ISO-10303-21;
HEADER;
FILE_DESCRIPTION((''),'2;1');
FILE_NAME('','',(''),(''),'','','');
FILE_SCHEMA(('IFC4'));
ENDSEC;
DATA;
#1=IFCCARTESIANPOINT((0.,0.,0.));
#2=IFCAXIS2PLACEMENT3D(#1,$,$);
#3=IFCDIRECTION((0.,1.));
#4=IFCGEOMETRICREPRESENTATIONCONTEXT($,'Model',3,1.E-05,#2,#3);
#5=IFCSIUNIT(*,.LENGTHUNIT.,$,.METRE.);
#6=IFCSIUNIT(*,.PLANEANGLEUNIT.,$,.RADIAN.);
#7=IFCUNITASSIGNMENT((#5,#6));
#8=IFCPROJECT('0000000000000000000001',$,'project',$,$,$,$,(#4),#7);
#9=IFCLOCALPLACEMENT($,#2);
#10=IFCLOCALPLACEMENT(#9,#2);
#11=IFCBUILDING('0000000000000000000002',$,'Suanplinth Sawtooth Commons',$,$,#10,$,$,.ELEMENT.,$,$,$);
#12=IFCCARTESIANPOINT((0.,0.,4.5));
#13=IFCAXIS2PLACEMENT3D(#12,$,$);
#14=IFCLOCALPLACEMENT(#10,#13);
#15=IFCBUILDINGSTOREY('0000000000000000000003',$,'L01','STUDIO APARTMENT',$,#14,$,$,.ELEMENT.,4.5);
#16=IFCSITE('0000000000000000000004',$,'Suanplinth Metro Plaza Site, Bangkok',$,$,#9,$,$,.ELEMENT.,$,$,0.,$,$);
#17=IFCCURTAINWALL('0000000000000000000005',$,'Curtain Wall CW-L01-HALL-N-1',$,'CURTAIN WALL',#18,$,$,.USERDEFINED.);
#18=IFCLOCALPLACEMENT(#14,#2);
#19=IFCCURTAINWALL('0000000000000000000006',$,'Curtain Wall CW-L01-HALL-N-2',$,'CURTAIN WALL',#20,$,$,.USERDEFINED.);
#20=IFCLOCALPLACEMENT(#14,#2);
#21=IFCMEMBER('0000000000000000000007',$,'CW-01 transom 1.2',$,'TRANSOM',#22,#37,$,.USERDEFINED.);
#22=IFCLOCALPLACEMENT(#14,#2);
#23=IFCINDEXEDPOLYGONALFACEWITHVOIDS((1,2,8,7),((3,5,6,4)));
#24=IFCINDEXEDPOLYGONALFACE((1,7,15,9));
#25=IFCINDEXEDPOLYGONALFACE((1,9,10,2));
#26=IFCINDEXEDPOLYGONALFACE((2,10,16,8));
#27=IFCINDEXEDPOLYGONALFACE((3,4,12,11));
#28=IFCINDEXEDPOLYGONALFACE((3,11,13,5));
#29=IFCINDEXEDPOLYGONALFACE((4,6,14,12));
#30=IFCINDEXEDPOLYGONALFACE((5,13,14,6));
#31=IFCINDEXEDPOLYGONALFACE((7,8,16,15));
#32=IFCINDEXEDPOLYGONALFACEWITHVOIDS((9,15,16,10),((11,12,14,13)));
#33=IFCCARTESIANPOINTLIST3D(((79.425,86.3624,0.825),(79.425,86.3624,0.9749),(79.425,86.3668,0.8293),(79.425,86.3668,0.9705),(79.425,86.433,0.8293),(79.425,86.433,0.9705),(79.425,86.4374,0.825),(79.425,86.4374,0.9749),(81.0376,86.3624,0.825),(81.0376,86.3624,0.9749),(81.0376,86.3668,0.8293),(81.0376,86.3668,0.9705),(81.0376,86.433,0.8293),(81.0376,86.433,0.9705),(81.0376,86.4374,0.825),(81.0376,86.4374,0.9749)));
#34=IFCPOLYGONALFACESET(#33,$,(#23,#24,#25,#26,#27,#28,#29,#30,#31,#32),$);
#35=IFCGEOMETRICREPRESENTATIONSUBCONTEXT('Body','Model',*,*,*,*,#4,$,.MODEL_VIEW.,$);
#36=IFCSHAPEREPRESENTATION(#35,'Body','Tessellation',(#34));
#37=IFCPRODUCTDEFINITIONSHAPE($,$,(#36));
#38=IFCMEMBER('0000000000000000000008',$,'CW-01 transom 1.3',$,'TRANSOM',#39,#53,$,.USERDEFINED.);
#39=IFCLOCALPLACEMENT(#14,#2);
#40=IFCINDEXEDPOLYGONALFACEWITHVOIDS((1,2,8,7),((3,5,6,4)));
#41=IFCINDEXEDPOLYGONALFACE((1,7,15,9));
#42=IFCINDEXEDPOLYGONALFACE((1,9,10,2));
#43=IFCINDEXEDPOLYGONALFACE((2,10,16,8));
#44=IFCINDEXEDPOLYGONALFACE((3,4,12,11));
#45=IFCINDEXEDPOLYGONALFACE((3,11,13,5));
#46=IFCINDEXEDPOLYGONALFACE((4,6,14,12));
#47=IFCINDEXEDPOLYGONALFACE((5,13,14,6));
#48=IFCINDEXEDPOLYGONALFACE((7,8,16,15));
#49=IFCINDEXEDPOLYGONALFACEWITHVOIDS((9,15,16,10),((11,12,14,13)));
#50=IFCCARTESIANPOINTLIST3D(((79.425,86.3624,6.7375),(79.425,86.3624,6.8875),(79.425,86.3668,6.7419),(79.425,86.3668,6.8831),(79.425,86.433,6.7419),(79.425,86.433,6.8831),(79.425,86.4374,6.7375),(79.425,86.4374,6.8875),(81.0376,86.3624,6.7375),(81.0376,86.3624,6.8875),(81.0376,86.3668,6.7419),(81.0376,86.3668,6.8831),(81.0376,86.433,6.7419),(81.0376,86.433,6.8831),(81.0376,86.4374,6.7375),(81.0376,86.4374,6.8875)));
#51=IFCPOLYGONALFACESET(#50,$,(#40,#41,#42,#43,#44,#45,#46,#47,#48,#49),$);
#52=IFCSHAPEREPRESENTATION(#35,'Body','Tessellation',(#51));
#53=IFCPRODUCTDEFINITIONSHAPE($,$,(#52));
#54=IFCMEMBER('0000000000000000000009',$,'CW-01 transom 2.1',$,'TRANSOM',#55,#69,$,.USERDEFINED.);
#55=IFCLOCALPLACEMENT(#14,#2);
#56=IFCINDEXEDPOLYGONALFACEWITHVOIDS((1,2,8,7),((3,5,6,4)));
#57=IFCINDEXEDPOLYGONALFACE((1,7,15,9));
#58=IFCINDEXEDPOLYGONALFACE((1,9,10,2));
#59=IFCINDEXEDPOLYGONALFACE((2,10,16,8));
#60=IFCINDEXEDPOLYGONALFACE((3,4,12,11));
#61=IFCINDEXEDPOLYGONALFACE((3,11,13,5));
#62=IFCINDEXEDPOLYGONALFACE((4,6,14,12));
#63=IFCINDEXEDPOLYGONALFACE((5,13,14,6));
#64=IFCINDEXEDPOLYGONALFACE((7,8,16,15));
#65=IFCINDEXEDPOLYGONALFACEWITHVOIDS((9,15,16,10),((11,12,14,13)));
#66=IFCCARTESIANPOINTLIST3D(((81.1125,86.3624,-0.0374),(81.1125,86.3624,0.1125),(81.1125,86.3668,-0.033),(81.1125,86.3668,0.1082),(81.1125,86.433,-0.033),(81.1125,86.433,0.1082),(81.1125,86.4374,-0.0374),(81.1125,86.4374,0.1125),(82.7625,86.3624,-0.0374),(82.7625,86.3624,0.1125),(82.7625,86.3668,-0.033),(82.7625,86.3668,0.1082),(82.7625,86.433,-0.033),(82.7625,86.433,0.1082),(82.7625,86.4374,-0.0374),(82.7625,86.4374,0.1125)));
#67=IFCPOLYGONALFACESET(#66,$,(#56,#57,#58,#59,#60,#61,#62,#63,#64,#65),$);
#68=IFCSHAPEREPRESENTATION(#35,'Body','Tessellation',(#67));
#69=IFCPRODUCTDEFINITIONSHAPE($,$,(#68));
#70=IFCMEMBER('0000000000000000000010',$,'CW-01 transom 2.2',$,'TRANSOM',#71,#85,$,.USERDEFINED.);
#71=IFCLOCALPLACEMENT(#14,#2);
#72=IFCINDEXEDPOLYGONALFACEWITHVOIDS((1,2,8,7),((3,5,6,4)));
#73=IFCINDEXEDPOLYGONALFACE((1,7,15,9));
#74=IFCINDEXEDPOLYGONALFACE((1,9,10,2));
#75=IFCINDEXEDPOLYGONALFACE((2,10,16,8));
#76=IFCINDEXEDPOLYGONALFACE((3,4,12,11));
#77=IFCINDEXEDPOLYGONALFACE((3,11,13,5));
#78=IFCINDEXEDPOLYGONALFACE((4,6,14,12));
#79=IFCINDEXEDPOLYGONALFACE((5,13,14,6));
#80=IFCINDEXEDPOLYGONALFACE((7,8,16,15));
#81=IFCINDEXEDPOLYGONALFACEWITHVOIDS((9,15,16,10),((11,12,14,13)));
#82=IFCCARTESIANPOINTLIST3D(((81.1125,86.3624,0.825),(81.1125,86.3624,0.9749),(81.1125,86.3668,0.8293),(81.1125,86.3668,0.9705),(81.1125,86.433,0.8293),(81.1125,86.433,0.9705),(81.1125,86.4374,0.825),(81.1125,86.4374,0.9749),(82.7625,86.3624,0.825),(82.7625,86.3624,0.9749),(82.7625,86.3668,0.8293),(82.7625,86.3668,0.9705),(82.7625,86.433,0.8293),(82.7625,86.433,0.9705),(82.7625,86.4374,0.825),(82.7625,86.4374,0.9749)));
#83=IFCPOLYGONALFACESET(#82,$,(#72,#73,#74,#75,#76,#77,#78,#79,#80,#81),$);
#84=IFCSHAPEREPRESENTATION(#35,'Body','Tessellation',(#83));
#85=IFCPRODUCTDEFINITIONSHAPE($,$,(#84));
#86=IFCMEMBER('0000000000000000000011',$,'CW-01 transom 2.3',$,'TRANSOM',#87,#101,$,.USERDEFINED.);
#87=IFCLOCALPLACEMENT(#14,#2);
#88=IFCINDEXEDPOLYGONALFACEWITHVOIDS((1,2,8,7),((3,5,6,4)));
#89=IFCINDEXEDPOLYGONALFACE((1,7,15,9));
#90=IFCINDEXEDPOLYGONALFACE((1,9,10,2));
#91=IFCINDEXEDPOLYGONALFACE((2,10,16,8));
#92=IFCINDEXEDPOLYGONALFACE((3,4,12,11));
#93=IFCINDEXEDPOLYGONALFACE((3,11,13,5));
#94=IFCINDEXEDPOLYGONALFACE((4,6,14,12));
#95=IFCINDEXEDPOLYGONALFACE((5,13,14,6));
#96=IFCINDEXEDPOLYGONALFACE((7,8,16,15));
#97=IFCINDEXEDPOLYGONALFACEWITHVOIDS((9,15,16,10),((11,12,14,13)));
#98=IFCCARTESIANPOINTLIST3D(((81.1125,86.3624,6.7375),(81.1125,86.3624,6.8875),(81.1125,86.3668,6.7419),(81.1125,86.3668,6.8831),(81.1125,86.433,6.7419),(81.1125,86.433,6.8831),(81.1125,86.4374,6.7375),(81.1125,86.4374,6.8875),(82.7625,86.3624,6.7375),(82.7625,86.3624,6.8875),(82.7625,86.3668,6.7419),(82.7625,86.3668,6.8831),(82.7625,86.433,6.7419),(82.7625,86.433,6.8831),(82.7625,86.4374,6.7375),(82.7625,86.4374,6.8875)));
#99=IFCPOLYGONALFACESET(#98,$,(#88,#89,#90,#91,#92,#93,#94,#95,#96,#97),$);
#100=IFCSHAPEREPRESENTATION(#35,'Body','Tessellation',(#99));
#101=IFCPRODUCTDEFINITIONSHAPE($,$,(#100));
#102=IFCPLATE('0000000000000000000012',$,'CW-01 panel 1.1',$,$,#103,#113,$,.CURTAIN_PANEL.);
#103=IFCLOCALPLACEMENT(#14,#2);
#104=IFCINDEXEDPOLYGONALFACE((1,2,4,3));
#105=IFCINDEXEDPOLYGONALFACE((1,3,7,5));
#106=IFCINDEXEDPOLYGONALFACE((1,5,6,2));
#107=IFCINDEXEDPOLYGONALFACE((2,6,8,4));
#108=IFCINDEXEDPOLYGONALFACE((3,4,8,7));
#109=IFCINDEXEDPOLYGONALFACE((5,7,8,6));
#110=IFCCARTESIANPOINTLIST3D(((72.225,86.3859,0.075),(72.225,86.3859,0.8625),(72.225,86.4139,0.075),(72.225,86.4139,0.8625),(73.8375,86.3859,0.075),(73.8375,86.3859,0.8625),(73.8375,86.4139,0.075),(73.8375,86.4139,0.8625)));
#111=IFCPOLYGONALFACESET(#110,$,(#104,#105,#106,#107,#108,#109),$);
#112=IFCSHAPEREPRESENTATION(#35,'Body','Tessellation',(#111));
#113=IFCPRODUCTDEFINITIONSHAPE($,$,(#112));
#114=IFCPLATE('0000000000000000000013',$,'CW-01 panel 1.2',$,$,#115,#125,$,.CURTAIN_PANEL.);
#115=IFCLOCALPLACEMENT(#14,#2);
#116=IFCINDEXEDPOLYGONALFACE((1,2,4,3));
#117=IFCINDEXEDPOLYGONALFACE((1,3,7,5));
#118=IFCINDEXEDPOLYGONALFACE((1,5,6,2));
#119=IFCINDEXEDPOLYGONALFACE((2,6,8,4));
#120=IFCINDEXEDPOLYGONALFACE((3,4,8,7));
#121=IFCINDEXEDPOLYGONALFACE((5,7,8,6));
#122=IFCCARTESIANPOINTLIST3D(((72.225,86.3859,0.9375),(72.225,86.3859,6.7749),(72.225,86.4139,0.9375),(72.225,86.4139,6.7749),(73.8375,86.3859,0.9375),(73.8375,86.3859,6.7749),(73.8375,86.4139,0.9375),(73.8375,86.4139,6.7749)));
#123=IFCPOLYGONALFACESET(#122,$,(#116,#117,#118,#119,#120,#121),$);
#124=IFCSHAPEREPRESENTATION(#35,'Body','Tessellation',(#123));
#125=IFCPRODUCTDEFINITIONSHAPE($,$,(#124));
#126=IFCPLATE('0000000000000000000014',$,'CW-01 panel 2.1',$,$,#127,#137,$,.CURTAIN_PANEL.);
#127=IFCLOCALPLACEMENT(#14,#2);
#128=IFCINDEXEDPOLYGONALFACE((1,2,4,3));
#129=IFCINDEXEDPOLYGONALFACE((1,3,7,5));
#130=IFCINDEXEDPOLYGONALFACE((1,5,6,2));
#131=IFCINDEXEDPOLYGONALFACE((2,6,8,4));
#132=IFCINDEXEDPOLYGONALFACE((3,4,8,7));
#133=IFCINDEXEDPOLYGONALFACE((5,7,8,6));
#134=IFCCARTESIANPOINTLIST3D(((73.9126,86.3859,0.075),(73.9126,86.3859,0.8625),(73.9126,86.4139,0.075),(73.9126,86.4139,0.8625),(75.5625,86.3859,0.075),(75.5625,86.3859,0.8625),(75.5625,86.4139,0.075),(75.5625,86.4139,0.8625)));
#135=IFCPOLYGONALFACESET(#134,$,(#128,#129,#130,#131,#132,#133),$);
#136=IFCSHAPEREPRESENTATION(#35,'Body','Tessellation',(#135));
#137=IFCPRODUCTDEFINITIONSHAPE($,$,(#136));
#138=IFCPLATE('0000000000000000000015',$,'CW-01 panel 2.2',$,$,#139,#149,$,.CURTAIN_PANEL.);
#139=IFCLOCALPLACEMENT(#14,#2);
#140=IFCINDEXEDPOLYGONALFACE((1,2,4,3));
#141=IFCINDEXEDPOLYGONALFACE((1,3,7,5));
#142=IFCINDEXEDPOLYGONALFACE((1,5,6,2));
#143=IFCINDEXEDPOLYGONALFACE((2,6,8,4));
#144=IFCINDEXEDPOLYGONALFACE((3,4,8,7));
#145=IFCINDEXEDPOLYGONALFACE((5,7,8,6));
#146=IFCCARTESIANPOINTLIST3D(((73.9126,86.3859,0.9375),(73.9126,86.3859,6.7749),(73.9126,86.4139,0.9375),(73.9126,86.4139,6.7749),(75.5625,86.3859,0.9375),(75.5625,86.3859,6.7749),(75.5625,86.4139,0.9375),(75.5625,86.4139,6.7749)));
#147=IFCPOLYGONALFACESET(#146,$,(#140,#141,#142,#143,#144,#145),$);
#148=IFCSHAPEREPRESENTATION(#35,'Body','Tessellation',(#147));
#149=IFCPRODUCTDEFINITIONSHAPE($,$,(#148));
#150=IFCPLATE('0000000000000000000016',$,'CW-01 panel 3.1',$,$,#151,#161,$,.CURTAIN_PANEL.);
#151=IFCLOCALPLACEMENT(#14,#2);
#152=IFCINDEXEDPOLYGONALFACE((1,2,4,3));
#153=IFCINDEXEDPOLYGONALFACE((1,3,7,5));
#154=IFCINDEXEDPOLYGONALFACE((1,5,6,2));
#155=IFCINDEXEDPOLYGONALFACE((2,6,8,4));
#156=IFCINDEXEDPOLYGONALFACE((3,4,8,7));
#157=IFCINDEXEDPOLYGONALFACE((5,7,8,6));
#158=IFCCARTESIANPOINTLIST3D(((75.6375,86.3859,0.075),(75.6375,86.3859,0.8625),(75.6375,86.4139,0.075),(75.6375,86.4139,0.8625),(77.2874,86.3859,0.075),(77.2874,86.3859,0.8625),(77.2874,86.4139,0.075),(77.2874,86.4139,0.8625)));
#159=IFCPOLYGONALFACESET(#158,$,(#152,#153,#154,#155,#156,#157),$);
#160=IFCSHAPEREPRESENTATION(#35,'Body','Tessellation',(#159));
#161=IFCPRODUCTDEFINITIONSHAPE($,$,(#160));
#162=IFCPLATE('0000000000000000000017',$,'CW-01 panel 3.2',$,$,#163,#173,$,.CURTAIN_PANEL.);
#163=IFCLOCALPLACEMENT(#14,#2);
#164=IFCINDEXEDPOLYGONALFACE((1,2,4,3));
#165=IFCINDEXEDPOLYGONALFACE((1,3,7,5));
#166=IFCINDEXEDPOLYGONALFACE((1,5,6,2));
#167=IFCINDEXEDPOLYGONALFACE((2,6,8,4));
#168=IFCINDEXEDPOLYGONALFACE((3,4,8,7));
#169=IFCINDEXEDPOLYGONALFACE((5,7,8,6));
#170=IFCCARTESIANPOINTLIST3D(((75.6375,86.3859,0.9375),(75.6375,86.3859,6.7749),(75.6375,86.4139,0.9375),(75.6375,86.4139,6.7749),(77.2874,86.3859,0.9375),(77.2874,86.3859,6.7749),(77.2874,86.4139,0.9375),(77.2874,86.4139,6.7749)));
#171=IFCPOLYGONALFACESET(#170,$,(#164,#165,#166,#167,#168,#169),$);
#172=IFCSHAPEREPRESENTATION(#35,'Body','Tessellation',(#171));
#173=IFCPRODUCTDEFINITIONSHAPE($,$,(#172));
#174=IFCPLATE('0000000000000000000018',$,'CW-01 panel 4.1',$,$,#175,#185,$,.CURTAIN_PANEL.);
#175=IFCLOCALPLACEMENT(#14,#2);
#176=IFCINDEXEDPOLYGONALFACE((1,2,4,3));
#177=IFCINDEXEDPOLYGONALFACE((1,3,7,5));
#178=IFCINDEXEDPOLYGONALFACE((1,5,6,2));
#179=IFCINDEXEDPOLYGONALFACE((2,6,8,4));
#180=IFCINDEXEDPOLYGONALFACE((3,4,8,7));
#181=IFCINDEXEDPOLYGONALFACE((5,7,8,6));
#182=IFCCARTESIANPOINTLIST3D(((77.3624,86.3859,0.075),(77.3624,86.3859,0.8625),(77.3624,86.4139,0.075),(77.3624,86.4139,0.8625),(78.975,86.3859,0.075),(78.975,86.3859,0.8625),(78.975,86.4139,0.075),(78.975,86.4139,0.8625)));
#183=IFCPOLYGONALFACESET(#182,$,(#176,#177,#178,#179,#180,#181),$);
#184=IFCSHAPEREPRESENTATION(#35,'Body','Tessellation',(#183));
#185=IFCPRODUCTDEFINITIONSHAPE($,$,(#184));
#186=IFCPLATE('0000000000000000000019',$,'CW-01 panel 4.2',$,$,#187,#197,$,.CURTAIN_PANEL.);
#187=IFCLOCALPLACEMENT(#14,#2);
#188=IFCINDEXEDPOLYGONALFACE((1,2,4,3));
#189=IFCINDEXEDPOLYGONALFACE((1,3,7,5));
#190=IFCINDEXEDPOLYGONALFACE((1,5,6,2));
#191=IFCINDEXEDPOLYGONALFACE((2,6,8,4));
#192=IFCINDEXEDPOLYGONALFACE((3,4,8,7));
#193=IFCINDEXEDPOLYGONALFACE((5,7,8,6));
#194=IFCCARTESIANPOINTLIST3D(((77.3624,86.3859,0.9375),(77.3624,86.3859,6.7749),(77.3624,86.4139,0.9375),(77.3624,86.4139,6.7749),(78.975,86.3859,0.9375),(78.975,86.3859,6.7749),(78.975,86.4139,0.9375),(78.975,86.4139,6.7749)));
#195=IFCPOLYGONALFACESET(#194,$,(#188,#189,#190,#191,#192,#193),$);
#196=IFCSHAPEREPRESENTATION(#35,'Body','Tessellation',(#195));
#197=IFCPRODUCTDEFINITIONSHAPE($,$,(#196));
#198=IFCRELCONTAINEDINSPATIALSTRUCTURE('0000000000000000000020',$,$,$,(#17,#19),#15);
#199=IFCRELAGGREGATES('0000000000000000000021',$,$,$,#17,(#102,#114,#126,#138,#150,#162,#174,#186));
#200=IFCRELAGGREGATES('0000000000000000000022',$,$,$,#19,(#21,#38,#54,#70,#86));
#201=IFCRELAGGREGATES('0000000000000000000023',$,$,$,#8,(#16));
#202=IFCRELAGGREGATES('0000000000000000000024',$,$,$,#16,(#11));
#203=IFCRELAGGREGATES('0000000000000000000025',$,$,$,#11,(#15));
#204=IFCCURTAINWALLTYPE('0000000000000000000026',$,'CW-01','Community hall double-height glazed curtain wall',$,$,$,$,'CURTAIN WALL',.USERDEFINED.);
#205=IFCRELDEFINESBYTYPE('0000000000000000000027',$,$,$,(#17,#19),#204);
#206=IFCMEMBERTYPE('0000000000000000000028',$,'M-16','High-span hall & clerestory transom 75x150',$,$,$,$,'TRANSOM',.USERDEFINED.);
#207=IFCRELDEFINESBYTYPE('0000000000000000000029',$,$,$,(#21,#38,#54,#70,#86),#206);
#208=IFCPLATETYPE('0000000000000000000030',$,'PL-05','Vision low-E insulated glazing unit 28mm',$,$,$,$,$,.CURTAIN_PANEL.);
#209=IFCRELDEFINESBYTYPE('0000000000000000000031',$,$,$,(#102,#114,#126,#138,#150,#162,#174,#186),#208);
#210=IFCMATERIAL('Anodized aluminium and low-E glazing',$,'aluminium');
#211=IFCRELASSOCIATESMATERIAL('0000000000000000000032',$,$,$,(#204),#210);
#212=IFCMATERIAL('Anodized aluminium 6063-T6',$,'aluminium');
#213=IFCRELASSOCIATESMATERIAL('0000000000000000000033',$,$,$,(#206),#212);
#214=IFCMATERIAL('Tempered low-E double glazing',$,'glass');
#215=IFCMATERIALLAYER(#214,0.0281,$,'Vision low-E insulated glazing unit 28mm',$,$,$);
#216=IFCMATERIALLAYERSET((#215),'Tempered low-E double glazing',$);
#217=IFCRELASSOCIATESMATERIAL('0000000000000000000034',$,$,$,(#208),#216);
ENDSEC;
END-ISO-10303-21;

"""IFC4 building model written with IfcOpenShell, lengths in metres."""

from ifc_helpers import new_model, si_unit, direction, frame, origin, origin_2d, place, context, subcontext, project, spatial, rectangle, hollow_rectangle, extrude, material, layer, layer_set, material_profile, profile_set, type_object, element, aggregate, save


model = new_model("IFC4")

# Units and contexts
model_context = context("Model", 3, precision=1e-05, world=origin(), true_north=direction((0.0, 1.0)))
body_context = subcontext(model_context, "Body", "Model", "MODEL_VIEW")
ifc_project = project(units=[si_unit("LENGTHUNIT", "METRE"), si_unit("PLANEANGLEUNIT", "RADIAN")], contexts=[model_context])

# Site, building, storey
site_placement = place(None, origin())
site = spatial("IfcSite", under=ifc_project, at=site_placement, Name="Suanplinth Metro Plaza Site, Bangkok", CompositionType="ELEMENT", RefElevation=0.0)
building_placement = place(site_placement, origin())
building = spatial("IfcBuilding", under=site, at=building_placement, Name="Suanplinth Sawtooth Commons", CompositionType="ELEMENT")
storey_placement = place(building_placement, frame((0.0, 0.0, 4.5)))
storey = spatial("IfcBuildingStorey", under=building, at=storey_placement, Name="L01", Description="STUDIO APARTMENT", CompositionType="ELEMENT", Elevation=4.5)

# Curtain walls
ifc_material_1 = material(Name="Anodized aluminium and low-E glazing", Category="aluminium")
curtain_wall_type = type_object("IfcCurtainWallType", Name="CW-01", Description="Community hall double-height glazed curtain wall", ElementType="CURTAIN WALL", PredefinedType="USERDEFINED", material=ifc_material_1)
curtain_wall_1_placement = place(storey_placement, origin())
curtain_wall_1 = element("IfcCurtainWall", 1, at=curtain_wall_1_placement, inside=storey, type_object=curtain_wall_type, Name="Curtain Wall CW-L01-HALL-N-1", ObjectType="CURTAIN WALL", PredefinedType="USERDEFINED")
ifc_material_2 = material(Name="Anodized aluminium 6063-T6", Category="aluminium")
curtain_wall_2_placement = place(storey_placement, origin())
curtain_wall_2 = element("IfcCurtainWall", 2, at=curtain_wall_2_placement, inside=storey, type_object=curtain_wall_type, Name="Curtain Wall CW-L01-HALL-N-2", ObjectType="CURTAIN WALL", PredefinedType="USERDEFINED")

# Members
ifc_material_profile_1 = material_profile(ifc_material_2, hollow_rectangle(XDim=0.075, YDim=0.1499, WallThickness=0.0044, at=origin_2d()), Name="ALU-TRN 75x150")
ifc_profile_set_1 = profile_set([ifc_material_profile_1], Name="Anodized aluminium 6063-T6")
member_type_1 = type_object("IfcMemberType", Name="M-16", Description="High-span hall & clerestory transom 75x150", ElementType="TRANSOM", PredefinedType="USERDEFINED", material=ifc_profile_set_1)
member_1_placement = place(storey_placement, frame((79.425, 86.3999, 0.8999), z_axis=(1.0, 0.0, 0.0), x_axis=(0.0, 1.0, 0.0)))
member_1 = element("IfcMember", 3, at=member_1_placement, type_object=member_type_1, Name="CW-01 transom 1.2", ObjectType="TRANSOM", PredefinedType="USERDEFINED", context=body_context, shape_type="SweptSolid", body=[
    extrude(hollow_rectangle(XDim=0.075, YDim=0.1499, WallThickness=0.0044, at=origin_2d()), origin(), (0.0, 0.0, 1.0), 1.6125),
])
member_2_placement = place(storey_placement, frame((79.425, 86.3999, 6.8125), z_axis=(1.0, 0.0, 0.0), x_axis=(0.0, 1.0, 0.0)))
member_2 = element("IfcMember", 4, at=member_2_placement, type_object=member_type_1, Name="CW-01 transom 1.3", ObjectType="TRANSOM", PredefinedType="USERDEFINED", context=body_context, shape_type="SweptSolid", body=[
    extrude(hollow_rectangle(XDim=0.075, YDim=0.1499, WallThickness=0.0044, at=origin_2d()), origin(), (0.0, 0.0, 1.0), 1.6125),
])
member_3_placement = place(storey_placement, frame((81.1125, 86.3999, 0.0376), z_axis=(1.0, 0.0, 0.0), x_axis=(0.0, 1.0, 0.0)))
member_3 = element("IfcMember", 5, at=member_3_placement, type_object=member_type_1, Name="CW-01 transom 2.1", ObjectType="TRANSOM", PredefinedType="USERDEFINED", context=body_context, shape_type="SweptSolid", body=[
    extrude(hollow_rectangle(XDim=0.075, YDim=0.1499, WallThickness=0.0044, at=origin_2d()), origin(), (0.0, 0.0, 1.0), 1.6499),
])
member_4_placement = place(storey_placement, frame((81.1125, 86.3999, 0.8999), z_axis=(1.0, 0.0, 0.0), x_axis=(0.0, 1.0, 0.0)))
member_4 = element("IfcMember", 6, at=member_4_placement, type_object=member_type_1, Name="CW-01 transom 2.2", ObjectType="TRANSOM", PredefinedType="USERDEFINED", context=body_context, shape_type="SweptSolid", body=[
    extrude(hollow_rectangle(XDim=0.075, YDim=0.1499, WallThickness=0.0044, at=origin_2d()), origin(), (0.0, 0.0, 1.0), 1.6499),
])
member_5_placement = place(storey_placement, frame((81.1125, 86.3999, 6.8125), z_axis=(1.0, 0.0, 0.0), x_axis=(0.0, 1.0, 0.0)))
member_5 = element("IfcMember", 7, at=member_5_placement, type_object=member_type_1, Name="CW-01 transom 2.3", ObjectType="TRANSOM", PredefinedType="USERDEFINED", context=body_context, shape_type="SweptSolid", body=[
    extrude(hollow_rectangle(XDim=0.075, YDim=0.1499, WallThickness=0.0044, at=origin_2d()), origin(), (0.0, 0.0, 1.0), 1.6499),
])

# Plates
ifc_material_3 = material(Name="Tempered low-E double glazing", Category="glass")
ifc_layer = layer(ifc_material_3, 0.0281, Name="Vision low-E insulated glazing unit 28mm")
ifc_layer_set = layer_set([ifc_layer], Name="Tempered low-E double glazing")
plate_type = type_object("IfcPlateType", Name="PL-05", Description="Vision low-E insulated glazing unit 28mm", PredefinedType="CURTAIN_PANEL", material=ifc_layer_set)
plate_1_placement = place(storey_placement, frame((73.0312, 86.3999, 0.075), z_axis=(0.0, 0.0, 1.0), x_axis=(1.0, 0.0, 0.0)))
plate_1 = element("IfcPlate", 8, at=plate_1_placement, type_object=plate_type, Name="CW-01 panel 1.1", PredefinedType="CURTAIN_PANEL", context=body_context, shape_type="SweptSolid", body=[
    extrude(rectangle(XDim=1.6125, YDim=0.0281, at=origin_2d()), origin(), (0.0, 0.0, 1.0), 0.7876),
])
plate_2_placement = place(storey_placement, frame((73.0312, 86.3999, 0.9375), z_axis=(0.0, 0.0, 1.0), x_axis=(1.0, 0.0, 0.0)))
plate_2 = element("IfcPlate", 9, at=plate_2_placement, type_object=plate_type, Name="CW-01 panel 1.2", PredefinedType="CURTAIN_PANEL", context=body_context, shape_type="SweptSolid", body=[
    extrude(rectangle(XDim=1.6125, YDim=0.0281, at=origin_2d()), origin(), (0.0, 0.0, 1.0), 5.8374),
])
plate_3_placement = place(storey_placement, frame((74.7375, 86.3999, 0.075), z_axis=(0.0, 0.0, 1.0), x_axis=(1.0, 0.0, 0.0)))
plate_3 = element("IfcPlate", 10, at=plate_3_placement, type_object=plate_type, Name="CW-01 panel 2.1", PredefinedType="CURTAIN_PANEL", context=body_context, shape_type="SweptSolid", body=[
    extrude(rectangle(XDim=1.6499, YDim=0.0281, at=origin_2d()), origin(), (0.0, 0.0, 1.0), 0.7876),
])
plate_4_placement = place(storey_placement, frame((74.7375, 86.3999, 0.9375), z_axis=(0.0, 0.0, 1.0), x_axis=(1.0, 0.0, 0.0)))
plate_4 = element("IfcPlate", 11, at=plate_4_placement, type_object=plate_type, Name="CW-01 panel 2.2", PredefinedType="CURTAIN_PANEL", context=body_context, shape_type="SweptSolid", body=[
    extrude(rectangle(XDim=1.6499, YDim=0.0281, at=origin_2d()), origin(), (0.0, 0.0, 1.0), 5.8374),
])
plate_5_placement = place(storey_placement, frame((76.4624, 86.3999, 0.075), z_axis=(0.0, 0.0, 1.0), x_axis=(1.0, 0.0, 0.0)))
plate_5 = element("IfcPlate", 12, at=plate_5_placement, type_object=plate_type, Name="CW-01 panel 3.1", PredefinedType="CURTAIN_PANEL", context=body_context, shape_type="SweptSolid", body=[
    extrude(rectangle(XDim=1.6499, YDim=0.0281, at=origin_2d()), origin(), (0.0, 0.0, 1.0), 0.7876),
])
plate_6_placement = place(storey_placement, frame((76.4624, 86.3999, 0.9375), z_axis=(0.0, 0.0, 1.0), x_axis=(1.0, 0.0, 0.0)))
plate_6 = element("IfcPlate", 13, at=plate_6_placement, type_object=plate_type, Name="CW-01 panel 3.2", PredefinedType="CURTAIN_PANEL", context=body_context, shape_type="SweptSolid", body=[
    extrude(rectangle(XDim=1.6499, YDim=0.0281, at=origin_2d()), origin(), (0.0, 0.0, 1.0), 5.8374),
])
plate_7_placement = place(storey_placement, frame((78.1687, 86.3999, 0.075), z_axis=(0.0, 0.0, 1.0), x_axis=(1.0, 0.0, 0.0)))
plate_7 = element("IfcPlate", 14, at=plate_7_placement, type_object=plate_type, Name="CW-01 panel 4.1", PredefinedType="CURTAIN_PANEL", context=body_context, shape_type="SweptSolid", body=[
    extrude(rectangle(XDim=1.6125, YDim=0.0281, at=origin_2d()), origin(), (0.0, 0.0, 1.0), 0.7876),
])
plate_8_placement = place(storey_placement, frame((78.1687, 86.3999, 0.9375), z_axis=(0.0, 0.0, 1.0), x_axis=(1.0, 0.0, 0.0)))
plate_8 = element("IfcPlate", 15, at=plate_8_placement, type_object=plate_type, Name="CW-01 panel 4.2", PredefinedType="CURTAIN_PANEL", context=body_context, shape_type="SweptSolid", body=[
    extrude(rectangle(XDim=1.6125, YDim=0.0281, at=origin_2d()), origin(), (0.0, 0.0, 1.0), 5.8374),
])
aggregate(curtain_wall_1, [plate_1, plate_2, plate_3, plate_4, plate_5, plate_6, plate_7, plate_8])
aggregate(curtain_wall_2, [member_1, member_2, member_3, member_4, member_5])

save(model, "model.ifc")
